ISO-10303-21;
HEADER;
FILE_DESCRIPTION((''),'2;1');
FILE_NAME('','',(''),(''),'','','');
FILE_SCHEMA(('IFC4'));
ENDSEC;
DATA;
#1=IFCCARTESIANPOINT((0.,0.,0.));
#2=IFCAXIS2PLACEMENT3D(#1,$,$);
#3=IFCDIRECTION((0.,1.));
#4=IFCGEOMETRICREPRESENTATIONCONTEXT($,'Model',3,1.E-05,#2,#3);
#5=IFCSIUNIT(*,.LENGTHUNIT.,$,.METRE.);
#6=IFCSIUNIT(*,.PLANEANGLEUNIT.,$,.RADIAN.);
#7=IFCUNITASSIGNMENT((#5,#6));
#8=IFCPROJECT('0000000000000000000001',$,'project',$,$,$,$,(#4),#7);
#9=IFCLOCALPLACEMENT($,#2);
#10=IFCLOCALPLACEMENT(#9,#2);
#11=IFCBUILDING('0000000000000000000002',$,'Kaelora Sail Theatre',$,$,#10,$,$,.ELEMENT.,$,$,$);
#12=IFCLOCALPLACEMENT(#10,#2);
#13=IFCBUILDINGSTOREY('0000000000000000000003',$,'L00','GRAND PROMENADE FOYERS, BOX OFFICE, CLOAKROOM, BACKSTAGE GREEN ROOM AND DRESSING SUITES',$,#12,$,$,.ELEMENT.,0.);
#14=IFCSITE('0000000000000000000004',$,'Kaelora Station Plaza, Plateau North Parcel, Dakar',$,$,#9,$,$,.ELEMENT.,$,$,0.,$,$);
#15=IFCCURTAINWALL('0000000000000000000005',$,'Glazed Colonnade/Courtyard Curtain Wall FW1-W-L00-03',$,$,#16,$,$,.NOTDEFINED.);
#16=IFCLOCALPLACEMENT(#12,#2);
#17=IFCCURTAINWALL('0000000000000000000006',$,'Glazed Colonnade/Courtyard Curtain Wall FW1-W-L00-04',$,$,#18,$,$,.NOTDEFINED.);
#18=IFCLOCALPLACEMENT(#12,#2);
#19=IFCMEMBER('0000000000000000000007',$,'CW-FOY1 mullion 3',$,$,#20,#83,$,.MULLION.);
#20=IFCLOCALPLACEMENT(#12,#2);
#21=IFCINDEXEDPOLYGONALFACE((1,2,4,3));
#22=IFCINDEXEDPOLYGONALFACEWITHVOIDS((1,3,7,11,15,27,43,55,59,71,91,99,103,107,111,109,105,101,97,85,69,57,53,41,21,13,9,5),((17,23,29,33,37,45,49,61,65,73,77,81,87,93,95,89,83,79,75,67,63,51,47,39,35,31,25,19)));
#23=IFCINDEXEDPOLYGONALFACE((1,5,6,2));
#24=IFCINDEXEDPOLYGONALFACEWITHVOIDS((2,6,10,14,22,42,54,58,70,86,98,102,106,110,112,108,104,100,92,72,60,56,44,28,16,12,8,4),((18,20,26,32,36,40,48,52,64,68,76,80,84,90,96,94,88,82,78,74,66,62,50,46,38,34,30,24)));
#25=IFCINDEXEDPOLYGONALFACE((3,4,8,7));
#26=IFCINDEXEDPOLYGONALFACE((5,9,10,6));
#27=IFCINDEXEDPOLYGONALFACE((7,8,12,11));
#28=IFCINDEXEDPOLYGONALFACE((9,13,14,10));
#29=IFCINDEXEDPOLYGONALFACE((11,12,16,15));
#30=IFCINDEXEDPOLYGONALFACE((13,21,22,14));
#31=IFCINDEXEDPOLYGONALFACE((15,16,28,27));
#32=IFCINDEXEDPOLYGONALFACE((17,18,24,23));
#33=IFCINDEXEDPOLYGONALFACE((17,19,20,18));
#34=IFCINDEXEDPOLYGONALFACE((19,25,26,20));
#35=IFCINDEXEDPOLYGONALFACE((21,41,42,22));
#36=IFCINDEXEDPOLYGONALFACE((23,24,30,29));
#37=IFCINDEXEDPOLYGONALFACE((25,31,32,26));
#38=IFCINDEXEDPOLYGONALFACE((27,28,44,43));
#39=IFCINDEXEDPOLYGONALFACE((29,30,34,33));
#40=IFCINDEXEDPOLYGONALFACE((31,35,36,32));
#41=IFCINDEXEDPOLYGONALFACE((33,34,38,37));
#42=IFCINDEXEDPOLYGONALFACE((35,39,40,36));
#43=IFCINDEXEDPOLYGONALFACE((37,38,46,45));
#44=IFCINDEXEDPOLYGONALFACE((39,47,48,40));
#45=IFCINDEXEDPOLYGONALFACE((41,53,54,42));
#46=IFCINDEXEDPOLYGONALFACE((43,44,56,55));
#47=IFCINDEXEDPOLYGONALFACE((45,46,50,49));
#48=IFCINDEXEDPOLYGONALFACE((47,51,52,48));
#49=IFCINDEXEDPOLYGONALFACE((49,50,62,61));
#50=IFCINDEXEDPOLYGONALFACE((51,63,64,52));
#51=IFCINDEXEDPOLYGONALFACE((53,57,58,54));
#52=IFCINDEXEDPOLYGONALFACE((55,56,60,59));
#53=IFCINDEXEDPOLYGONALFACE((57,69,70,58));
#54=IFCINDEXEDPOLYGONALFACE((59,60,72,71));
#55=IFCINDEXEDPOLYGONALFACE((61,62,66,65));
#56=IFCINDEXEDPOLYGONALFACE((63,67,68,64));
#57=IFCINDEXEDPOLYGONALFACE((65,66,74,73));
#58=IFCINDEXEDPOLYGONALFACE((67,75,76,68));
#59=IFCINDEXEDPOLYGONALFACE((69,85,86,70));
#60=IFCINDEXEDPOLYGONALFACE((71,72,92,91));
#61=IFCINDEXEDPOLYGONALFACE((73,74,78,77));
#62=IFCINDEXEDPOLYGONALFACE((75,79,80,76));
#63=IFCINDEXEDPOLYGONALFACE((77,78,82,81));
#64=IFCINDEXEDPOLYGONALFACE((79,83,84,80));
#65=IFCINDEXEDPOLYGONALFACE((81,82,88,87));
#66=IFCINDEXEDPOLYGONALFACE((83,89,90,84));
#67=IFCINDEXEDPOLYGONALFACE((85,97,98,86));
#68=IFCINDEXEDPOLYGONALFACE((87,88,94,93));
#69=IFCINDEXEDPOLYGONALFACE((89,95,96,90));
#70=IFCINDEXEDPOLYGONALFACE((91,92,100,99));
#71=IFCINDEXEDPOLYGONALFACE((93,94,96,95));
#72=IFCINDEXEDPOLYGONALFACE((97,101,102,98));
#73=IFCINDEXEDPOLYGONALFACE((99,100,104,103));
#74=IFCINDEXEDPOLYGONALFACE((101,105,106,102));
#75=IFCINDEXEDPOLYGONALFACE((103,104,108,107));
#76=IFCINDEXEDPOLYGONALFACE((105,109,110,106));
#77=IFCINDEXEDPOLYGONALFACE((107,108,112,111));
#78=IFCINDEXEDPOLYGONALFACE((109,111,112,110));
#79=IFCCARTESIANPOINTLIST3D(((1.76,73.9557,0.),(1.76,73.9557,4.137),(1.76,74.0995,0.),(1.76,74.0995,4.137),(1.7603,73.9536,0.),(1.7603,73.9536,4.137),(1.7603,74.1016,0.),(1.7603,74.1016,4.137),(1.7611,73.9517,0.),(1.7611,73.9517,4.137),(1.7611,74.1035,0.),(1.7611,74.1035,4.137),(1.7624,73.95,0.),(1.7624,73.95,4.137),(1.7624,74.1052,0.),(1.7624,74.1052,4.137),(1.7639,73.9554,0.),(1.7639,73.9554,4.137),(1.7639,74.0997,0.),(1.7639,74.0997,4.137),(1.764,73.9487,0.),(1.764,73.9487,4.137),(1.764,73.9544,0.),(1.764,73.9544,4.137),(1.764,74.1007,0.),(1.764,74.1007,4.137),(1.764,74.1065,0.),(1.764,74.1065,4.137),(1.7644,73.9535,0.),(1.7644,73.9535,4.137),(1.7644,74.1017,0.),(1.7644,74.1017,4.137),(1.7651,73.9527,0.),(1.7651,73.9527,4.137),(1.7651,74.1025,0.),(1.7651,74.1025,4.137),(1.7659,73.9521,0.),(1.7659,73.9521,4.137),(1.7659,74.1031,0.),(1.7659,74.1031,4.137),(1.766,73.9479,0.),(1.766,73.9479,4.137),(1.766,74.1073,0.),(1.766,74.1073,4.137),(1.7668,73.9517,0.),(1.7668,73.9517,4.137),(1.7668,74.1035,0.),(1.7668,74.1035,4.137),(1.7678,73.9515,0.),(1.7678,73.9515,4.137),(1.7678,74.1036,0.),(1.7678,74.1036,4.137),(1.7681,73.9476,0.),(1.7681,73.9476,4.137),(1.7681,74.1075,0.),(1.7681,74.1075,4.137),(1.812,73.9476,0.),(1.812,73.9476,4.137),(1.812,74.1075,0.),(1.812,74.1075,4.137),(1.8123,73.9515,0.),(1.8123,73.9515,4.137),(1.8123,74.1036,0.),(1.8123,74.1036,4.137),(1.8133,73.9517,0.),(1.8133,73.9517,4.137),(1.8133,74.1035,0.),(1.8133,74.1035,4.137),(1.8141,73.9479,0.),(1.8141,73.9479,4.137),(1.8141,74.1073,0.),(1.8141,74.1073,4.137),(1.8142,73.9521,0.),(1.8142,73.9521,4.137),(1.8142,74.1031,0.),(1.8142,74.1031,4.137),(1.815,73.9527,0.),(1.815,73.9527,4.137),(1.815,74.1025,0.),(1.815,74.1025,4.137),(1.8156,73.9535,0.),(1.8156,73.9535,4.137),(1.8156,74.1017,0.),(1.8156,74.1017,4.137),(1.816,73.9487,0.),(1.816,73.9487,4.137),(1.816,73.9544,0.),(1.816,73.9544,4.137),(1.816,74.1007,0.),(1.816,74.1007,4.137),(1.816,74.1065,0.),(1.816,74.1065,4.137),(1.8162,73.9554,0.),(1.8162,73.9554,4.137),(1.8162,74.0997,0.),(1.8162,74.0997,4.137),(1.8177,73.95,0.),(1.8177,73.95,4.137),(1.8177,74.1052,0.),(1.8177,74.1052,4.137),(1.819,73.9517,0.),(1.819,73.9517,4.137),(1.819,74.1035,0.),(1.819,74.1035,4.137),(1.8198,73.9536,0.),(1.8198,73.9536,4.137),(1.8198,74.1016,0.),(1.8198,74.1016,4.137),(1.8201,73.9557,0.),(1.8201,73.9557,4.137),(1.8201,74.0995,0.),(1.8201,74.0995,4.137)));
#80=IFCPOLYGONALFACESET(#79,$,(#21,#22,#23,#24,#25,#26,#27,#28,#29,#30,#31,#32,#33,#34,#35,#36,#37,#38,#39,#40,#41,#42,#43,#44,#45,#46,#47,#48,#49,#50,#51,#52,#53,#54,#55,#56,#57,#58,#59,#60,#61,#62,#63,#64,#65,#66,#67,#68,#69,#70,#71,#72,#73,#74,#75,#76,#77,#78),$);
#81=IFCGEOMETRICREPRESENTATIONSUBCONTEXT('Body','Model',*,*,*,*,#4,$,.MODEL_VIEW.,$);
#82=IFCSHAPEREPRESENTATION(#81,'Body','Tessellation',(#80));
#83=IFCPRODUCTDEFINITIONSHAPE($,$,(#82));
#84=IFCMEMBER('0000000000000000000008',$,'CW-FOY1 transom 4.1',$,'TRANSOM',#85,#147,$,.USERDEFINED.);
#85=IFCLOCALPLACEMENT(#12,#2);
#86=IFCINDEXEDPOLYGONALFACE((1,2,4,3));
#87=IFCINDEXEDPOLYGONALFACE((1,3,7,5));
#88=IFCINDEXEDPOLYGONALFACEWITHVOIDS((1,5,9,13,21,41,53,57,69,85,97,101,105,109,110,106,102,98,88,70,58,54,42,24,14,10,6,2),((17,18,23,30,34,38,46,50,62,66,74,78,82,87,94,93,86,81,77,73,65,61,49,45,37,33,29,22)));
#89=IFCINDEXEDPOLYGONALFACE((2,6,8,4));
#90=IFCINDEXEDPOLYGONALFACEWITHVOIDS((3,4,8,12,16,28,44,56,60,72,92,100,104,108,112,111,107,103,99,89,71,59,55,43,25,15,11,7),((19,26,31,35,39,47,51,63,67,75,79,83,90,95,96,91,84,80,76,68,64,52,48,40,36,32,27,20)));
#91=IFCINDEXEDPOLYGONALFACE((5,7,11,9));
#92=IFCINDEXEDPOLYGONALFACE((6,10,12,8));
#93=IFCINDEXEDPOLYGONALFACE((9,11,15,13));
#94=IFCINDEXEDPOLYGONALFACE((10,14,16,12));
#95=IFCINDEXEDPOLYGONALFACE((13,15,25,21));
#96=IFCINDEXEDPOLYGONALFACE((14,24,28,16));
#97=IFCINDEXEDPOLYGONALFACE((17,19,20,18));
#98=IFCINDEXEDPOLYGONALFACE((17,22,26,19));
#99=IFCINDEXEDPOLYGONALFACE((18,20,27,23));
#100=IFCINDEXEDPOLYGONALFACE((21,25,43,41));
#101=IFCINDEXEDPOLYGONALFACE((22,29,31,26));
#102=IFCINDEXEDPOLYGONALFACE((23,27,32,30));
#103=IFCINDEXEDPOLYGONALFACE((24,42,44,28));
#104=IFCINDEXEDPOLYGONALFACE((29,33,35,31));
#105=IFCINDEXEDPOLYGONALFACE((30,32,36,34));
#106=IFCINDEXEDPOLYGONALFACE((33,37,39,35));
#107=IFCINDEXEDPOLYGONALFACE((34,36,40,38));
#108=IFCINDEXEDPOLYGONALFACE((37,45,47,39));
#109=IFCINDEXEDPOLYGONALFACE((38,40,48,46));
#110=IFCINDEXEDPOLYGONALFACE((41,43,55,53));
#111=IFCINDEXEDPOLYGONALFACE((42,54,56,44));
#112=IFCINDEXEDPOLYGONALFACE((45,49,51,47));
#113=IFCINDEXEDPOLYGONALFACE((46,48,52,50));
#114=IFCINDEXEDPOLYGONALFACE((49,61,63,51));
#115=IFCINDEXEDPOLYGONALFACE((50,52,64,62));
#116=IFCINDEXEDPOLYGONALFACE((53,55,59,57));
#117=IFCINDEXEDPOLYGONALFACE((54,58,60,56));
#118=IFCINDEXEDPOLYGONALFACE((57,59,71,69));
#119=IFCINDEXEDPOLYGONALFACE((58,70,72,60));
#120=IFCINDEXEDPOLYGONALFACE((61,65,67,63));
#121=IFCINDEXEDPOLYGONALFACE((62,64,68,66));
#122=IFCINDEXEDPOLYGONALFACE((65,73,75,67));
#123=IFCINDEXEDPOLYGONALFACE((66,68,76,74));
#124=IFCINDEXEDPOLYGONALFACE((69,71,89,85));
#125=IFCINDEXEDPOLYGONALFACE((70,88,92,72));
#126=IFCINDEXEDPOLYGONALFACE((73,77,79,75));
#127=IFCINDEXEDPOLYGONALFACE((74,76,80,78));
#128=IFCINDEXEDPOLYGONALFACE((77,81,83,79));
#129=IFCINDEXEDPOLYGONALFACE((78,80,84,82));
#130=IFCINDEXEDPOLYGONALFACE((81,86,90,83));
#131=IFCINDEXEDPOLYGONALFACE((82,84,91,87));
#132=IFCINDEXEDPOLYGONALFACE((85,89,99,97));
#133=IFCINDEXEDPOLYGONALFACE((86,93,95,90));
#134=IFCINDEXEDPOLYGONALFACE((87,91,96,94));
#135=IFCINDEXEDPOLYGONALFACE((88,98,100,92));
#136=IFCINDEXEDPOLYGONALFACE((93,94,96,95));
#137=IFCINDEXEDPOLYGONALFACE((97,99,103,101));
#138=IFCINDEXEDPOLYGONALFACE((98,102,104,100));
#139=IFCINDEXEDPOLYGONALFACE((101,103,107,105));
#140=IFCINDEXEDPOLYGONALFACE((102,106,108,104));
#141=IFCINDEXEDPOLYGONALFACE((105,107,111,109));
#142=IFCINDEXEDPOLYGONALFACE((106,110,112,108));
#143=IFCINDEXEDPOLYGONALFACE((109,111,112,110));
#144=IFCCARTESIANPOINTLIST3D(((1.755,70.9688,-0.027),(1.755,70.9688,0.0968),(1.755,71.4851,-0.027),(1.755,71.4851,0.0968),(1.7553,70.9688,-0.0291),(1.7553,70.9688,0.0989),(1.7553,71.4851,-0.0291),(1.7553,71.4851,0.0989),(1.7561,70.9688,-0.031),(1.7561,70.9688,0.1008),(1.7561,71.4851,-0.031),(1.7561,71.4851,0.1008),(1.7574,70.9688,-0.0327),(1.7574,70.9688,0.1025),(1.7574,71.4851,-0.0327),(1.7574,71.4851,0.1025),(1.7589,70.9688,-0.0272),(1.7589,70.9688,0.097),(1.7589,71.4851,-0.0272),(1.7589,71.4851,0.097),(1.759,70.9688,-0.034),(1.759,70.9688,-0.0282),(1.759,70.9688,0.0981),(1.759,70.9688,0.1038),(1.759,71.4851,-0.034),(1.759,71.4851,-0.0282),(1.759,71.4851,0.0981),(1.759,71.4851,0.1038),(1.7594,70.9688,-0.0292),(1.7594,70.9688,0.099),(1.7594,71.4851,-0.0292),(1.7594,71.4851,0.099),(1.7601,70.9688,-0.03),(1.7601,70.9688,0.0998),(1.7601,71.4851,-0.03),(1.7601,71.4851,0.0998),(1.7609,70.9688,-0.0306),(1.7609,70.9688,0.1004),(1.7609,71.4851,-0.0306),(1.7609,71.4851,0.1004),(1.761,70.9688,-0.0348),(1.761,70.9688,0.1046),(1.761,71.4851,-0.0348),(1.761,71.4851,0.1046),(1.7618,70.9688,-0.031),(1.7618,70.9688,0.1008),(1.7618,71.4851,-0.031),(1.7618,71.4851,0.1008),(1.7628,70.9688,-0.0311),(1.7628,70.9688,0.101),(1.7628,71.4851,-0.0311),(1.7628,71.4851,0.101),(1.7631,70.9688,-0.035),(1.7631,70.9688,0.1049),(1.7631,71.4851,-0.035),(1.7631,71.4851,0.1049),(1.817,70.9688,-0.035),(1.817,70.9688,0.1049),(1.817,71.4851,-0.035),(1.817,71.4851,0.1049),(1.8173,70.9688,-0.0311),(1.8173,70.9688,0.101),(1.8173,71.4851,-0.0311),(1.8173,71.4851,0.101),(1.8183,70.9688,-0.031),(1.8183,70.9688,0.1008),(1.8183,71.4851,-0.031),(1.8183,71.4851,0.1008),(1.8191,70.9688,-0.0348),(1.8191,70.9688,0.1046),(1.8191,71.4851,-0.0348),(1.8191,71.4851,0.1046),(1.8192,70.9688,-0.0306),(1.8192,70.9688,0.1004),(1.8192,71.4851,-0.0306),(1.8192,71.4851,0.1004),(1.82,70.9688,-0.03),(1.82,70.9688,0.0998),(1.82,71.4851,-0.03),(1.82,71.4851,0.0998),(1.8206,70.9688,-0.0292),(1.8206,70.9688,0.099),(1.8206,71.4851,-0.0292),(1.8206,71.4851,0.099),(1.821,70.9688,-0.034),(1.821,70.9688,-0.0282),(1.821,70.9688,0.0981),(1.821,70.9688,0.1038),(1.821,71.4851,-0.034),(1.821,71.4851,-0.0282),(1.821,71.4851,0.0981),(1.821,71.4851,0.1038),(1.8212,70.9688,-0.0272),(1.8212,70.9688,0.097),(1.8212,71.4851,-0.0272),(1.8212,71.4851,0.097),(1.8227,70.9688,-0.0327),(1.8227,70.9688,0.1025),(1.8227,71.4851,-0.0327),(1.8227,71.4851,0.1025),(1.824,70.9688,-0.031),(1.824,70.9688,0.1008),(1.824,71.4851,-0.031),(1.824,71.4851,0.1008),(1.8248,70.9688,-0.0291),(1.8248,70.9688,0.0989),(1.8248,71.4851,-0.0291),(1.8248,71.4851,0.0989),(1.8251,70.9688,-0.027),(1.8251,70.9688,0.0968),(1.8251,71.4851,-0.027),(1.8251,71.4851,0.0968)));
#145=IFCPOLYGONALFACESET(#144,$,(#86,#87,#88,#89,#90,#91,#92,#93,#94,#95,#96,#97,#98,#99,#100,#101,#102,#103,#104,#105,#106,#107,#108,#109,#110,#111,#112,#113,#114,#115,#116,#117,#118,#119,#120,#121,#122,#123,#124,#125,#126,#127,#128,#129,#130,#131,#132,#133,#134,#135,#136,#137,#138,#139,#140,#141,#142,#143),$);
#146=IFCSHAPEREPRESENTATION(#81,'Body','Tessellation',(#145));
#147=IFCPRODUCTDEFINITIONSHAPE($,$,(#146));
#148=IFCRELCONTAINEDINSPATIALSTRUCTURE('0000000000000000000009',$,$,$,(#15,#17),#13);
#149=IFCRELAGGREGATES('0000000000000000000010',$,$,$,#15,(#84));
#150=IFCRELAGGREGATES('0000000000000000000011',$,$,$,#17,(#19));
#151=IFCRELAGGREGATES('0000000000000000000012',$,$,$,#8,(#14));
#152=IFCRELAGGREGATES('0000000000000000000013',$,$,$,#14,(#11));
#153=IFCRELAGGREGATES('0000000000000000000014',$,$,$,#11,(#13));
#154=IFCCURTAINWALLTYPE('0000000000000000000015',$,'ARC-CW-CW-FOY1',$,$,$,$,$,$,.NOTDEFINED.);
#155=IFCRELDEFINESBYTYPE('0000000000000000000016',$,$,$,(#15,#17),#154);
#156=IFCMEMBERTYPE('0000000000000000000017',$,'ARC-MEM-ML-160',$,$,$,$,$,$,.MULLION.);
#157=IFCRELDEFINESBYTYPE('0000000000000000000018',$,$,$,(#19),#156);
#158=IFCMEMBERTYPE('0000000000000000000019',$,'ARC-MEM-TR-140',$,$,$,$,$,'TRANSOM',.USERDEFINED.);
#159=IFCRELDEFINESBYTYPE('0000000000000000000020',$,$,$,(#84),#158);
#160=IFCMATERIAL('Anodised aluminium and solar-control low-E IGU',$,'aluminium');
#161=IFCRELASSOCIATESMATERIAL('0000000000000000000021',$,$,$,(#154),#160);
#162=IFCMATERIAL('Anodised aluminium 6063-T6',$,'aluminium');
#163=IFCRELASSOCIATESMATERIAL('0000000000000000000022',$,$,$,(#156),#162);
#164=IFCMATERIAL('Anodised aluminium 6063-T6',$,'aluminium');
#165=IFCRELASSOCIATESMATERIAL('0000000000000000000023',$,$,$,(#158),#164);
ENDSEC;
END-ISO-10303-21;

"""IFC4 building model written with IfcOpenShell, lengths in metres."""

from ifc_helpers import new_model, si_unit, direction, frame, origin, origin_2d, place, context, subcontext, project, spatial, hollow_rectangle, extrude, material, material_profile, profile_set, type_object, element, aggregate, save


model = new_model("IFC4")

# Units and contexts
model_context = context("Model", 3, precision=1e-05, world=origin(), true_north=direction((0.0, 1.0)))
body_context = subcontext(model_context, "Body", "Model", "MODEL_VIEW")
ifc_project = project(units=[si_unit("LENGTHUNIT", "METRE"), si_unit("PLANEANGLEUNIT", "RADIAN")], contexts=[model_context])

# Site, building, storey
site_placement = place(None, origin())
site = spatial("IfcSite", under=ifc_project, at=site_placement, Name="Kaelora Station Plaza, Plateau North Parcel, Dakar", CompositionType="ELEMENT", RefElevation=0.0)
building_placement = place(site_placement, origin())
building = spatial("IfcBuilding", under=site, at=building_placement, Name="Kaelora Sail Theatre", CompositionType="ELEMENT")
storey_placement = place(building_placement, origin())
storey = spatial("IfcBuildingStorey", under=building, at=storey_placement, Name="L00", Description="GRAND PROMENADE FOYERS, BOX OFFICE, CLOAKROOM, BACKSTAGE GREEN ROOM AND DRESSING SUITES", CompositionType="ELEMENT", Elevation=0.0)

# Curtain walls, member
ifc_material_1 = material(Name="Anodised aluminium and solar-control low-E IGU", Category="aluminium")
curtain_wall_type = type_object("IfcCurtainWallType", Name="ARC-CW-CW-FOY1", PredefinedType="NOTDEFINED", material=ifc_material_1)
curtain_wall_1_placement = place(storey_placement, origin())
curtain_wall_1 = element("IfcCurtainWall", 1, at=curtain_wall_1_placement, inside=storey, type_object=curtain_wall_type, Name="Glazed Colonnade/Courtyard Curtain Wall FW1-W-L00-03", PredefinedType="NOTDEFINED")
ifc_material_2 = material(Name="Anodised aluminium 6063-T6", Category="aluminium")
ifc_material_profile_1 = material_profile(ifc_material_2, hollow_rectangle(XDim=0.0601, YDim=0.1599, WallThickness=0.0039, InnerFilletRadius=0.0039, OuterFilletRadius=0.0081, at=origin_2d()), Name="ALU-MULL 60x160x4")
ifc_profile_set_1 = profile_set([ifc_material_profile_1], Name="Anodised aluminium 6063-T6")
member_type_1 = type_object("IfcMemberType", Name="ARC-MEM-ML-160", PredefinedType="MULLION", material=ifc_profile_set_1)
curtain_wall_2_placement = place(storey_placement, origin())
curtain_wall_2 = element("IfcCurtainWall", 2, at=curtain_wall_2_placement, inside=storey, type_object=curtain_wall_type, Name="Glazed Colonnade/Courtyard Curtain Wall FW1-W-L00-04", PredefinedType="NOTDEFINED")
member_1_placement = place(storey_placement, frame((1.79, 74.0276, 0.0), z_axis=(0.0, 0.0, 1.0), x_axis=(-1.0, 0.0, 0.0)))
member_1 = element("IfcMember", 3, at=member_1_placement, type_object=member_type_1, Name="CW-FOY1 mullion 3", PredefinedType="MULLION", context=body_context, shape_type="SweptSolid", body=[
    extrude(hollow_rectangle(XDim=0.0601, YDim=0.1599, WallThickness=0.0039, InnerFilletRadius=0.0039, OuterFilletRadius=0.0081, at=origin_2d()), origin(), (0.0, 0.0, 1.0), 4.137),
])

# Member
ifc_material_3 = material(Name="Anodised aluminium 6063-T6", Category="aluminium")
ifc_material_profile_2 = material_profile(ifc_material_3, hollow_rectangle(XDim=0.0701, YDim=0.1399, WallThickness=0.0039, InnerFilletRadius=0.0039, OuterFilletRadius=0.0081, at=origin_2d()), Name="ALU-TRAN 70x140x4")
ifc_profile_set_2 = profile_set([ifc_material_profile_2], Name="Anodised aluminium 6063-T6")
member_type_2 = type_object("IfcMemberType", Name="ARC-MEM-TR-140", ElementType="TRANSOM", PredefinedType="USERDEFINED", material=ifc_profile_set_2)
member_2_placement = place(storey_placement, frame((1.79, 70.9688, 0.0349), z_axis=(0.0, 1.0, 0.0), x_axis=(-1.0, 0.0, 0.0)))
member_2 = element("IfcMember", 4, at=member_2_placement, type_object=member_type_2, Name="CW-FOY1 transom 4.1", ObjectType="TRANSOM", PredefinedType="USERDEFINED", context=body_context, shape_type="SweptSolid", body=[
    extrude(hollow_rectangle(XDim=0.0701, YDim=0.1399, WallThickness=0.0039, InnerFilletRadius=0.0039, OuterFilletRadius=0.0081, at=origin_2d()), origin(), (0.0, 0.0, 1.0), 0.5164),
])

aggregate(curtain_wall_1, [member_2])
aggregate(curtain_wall_2, [member_1])

save(model, "model.ifc")
